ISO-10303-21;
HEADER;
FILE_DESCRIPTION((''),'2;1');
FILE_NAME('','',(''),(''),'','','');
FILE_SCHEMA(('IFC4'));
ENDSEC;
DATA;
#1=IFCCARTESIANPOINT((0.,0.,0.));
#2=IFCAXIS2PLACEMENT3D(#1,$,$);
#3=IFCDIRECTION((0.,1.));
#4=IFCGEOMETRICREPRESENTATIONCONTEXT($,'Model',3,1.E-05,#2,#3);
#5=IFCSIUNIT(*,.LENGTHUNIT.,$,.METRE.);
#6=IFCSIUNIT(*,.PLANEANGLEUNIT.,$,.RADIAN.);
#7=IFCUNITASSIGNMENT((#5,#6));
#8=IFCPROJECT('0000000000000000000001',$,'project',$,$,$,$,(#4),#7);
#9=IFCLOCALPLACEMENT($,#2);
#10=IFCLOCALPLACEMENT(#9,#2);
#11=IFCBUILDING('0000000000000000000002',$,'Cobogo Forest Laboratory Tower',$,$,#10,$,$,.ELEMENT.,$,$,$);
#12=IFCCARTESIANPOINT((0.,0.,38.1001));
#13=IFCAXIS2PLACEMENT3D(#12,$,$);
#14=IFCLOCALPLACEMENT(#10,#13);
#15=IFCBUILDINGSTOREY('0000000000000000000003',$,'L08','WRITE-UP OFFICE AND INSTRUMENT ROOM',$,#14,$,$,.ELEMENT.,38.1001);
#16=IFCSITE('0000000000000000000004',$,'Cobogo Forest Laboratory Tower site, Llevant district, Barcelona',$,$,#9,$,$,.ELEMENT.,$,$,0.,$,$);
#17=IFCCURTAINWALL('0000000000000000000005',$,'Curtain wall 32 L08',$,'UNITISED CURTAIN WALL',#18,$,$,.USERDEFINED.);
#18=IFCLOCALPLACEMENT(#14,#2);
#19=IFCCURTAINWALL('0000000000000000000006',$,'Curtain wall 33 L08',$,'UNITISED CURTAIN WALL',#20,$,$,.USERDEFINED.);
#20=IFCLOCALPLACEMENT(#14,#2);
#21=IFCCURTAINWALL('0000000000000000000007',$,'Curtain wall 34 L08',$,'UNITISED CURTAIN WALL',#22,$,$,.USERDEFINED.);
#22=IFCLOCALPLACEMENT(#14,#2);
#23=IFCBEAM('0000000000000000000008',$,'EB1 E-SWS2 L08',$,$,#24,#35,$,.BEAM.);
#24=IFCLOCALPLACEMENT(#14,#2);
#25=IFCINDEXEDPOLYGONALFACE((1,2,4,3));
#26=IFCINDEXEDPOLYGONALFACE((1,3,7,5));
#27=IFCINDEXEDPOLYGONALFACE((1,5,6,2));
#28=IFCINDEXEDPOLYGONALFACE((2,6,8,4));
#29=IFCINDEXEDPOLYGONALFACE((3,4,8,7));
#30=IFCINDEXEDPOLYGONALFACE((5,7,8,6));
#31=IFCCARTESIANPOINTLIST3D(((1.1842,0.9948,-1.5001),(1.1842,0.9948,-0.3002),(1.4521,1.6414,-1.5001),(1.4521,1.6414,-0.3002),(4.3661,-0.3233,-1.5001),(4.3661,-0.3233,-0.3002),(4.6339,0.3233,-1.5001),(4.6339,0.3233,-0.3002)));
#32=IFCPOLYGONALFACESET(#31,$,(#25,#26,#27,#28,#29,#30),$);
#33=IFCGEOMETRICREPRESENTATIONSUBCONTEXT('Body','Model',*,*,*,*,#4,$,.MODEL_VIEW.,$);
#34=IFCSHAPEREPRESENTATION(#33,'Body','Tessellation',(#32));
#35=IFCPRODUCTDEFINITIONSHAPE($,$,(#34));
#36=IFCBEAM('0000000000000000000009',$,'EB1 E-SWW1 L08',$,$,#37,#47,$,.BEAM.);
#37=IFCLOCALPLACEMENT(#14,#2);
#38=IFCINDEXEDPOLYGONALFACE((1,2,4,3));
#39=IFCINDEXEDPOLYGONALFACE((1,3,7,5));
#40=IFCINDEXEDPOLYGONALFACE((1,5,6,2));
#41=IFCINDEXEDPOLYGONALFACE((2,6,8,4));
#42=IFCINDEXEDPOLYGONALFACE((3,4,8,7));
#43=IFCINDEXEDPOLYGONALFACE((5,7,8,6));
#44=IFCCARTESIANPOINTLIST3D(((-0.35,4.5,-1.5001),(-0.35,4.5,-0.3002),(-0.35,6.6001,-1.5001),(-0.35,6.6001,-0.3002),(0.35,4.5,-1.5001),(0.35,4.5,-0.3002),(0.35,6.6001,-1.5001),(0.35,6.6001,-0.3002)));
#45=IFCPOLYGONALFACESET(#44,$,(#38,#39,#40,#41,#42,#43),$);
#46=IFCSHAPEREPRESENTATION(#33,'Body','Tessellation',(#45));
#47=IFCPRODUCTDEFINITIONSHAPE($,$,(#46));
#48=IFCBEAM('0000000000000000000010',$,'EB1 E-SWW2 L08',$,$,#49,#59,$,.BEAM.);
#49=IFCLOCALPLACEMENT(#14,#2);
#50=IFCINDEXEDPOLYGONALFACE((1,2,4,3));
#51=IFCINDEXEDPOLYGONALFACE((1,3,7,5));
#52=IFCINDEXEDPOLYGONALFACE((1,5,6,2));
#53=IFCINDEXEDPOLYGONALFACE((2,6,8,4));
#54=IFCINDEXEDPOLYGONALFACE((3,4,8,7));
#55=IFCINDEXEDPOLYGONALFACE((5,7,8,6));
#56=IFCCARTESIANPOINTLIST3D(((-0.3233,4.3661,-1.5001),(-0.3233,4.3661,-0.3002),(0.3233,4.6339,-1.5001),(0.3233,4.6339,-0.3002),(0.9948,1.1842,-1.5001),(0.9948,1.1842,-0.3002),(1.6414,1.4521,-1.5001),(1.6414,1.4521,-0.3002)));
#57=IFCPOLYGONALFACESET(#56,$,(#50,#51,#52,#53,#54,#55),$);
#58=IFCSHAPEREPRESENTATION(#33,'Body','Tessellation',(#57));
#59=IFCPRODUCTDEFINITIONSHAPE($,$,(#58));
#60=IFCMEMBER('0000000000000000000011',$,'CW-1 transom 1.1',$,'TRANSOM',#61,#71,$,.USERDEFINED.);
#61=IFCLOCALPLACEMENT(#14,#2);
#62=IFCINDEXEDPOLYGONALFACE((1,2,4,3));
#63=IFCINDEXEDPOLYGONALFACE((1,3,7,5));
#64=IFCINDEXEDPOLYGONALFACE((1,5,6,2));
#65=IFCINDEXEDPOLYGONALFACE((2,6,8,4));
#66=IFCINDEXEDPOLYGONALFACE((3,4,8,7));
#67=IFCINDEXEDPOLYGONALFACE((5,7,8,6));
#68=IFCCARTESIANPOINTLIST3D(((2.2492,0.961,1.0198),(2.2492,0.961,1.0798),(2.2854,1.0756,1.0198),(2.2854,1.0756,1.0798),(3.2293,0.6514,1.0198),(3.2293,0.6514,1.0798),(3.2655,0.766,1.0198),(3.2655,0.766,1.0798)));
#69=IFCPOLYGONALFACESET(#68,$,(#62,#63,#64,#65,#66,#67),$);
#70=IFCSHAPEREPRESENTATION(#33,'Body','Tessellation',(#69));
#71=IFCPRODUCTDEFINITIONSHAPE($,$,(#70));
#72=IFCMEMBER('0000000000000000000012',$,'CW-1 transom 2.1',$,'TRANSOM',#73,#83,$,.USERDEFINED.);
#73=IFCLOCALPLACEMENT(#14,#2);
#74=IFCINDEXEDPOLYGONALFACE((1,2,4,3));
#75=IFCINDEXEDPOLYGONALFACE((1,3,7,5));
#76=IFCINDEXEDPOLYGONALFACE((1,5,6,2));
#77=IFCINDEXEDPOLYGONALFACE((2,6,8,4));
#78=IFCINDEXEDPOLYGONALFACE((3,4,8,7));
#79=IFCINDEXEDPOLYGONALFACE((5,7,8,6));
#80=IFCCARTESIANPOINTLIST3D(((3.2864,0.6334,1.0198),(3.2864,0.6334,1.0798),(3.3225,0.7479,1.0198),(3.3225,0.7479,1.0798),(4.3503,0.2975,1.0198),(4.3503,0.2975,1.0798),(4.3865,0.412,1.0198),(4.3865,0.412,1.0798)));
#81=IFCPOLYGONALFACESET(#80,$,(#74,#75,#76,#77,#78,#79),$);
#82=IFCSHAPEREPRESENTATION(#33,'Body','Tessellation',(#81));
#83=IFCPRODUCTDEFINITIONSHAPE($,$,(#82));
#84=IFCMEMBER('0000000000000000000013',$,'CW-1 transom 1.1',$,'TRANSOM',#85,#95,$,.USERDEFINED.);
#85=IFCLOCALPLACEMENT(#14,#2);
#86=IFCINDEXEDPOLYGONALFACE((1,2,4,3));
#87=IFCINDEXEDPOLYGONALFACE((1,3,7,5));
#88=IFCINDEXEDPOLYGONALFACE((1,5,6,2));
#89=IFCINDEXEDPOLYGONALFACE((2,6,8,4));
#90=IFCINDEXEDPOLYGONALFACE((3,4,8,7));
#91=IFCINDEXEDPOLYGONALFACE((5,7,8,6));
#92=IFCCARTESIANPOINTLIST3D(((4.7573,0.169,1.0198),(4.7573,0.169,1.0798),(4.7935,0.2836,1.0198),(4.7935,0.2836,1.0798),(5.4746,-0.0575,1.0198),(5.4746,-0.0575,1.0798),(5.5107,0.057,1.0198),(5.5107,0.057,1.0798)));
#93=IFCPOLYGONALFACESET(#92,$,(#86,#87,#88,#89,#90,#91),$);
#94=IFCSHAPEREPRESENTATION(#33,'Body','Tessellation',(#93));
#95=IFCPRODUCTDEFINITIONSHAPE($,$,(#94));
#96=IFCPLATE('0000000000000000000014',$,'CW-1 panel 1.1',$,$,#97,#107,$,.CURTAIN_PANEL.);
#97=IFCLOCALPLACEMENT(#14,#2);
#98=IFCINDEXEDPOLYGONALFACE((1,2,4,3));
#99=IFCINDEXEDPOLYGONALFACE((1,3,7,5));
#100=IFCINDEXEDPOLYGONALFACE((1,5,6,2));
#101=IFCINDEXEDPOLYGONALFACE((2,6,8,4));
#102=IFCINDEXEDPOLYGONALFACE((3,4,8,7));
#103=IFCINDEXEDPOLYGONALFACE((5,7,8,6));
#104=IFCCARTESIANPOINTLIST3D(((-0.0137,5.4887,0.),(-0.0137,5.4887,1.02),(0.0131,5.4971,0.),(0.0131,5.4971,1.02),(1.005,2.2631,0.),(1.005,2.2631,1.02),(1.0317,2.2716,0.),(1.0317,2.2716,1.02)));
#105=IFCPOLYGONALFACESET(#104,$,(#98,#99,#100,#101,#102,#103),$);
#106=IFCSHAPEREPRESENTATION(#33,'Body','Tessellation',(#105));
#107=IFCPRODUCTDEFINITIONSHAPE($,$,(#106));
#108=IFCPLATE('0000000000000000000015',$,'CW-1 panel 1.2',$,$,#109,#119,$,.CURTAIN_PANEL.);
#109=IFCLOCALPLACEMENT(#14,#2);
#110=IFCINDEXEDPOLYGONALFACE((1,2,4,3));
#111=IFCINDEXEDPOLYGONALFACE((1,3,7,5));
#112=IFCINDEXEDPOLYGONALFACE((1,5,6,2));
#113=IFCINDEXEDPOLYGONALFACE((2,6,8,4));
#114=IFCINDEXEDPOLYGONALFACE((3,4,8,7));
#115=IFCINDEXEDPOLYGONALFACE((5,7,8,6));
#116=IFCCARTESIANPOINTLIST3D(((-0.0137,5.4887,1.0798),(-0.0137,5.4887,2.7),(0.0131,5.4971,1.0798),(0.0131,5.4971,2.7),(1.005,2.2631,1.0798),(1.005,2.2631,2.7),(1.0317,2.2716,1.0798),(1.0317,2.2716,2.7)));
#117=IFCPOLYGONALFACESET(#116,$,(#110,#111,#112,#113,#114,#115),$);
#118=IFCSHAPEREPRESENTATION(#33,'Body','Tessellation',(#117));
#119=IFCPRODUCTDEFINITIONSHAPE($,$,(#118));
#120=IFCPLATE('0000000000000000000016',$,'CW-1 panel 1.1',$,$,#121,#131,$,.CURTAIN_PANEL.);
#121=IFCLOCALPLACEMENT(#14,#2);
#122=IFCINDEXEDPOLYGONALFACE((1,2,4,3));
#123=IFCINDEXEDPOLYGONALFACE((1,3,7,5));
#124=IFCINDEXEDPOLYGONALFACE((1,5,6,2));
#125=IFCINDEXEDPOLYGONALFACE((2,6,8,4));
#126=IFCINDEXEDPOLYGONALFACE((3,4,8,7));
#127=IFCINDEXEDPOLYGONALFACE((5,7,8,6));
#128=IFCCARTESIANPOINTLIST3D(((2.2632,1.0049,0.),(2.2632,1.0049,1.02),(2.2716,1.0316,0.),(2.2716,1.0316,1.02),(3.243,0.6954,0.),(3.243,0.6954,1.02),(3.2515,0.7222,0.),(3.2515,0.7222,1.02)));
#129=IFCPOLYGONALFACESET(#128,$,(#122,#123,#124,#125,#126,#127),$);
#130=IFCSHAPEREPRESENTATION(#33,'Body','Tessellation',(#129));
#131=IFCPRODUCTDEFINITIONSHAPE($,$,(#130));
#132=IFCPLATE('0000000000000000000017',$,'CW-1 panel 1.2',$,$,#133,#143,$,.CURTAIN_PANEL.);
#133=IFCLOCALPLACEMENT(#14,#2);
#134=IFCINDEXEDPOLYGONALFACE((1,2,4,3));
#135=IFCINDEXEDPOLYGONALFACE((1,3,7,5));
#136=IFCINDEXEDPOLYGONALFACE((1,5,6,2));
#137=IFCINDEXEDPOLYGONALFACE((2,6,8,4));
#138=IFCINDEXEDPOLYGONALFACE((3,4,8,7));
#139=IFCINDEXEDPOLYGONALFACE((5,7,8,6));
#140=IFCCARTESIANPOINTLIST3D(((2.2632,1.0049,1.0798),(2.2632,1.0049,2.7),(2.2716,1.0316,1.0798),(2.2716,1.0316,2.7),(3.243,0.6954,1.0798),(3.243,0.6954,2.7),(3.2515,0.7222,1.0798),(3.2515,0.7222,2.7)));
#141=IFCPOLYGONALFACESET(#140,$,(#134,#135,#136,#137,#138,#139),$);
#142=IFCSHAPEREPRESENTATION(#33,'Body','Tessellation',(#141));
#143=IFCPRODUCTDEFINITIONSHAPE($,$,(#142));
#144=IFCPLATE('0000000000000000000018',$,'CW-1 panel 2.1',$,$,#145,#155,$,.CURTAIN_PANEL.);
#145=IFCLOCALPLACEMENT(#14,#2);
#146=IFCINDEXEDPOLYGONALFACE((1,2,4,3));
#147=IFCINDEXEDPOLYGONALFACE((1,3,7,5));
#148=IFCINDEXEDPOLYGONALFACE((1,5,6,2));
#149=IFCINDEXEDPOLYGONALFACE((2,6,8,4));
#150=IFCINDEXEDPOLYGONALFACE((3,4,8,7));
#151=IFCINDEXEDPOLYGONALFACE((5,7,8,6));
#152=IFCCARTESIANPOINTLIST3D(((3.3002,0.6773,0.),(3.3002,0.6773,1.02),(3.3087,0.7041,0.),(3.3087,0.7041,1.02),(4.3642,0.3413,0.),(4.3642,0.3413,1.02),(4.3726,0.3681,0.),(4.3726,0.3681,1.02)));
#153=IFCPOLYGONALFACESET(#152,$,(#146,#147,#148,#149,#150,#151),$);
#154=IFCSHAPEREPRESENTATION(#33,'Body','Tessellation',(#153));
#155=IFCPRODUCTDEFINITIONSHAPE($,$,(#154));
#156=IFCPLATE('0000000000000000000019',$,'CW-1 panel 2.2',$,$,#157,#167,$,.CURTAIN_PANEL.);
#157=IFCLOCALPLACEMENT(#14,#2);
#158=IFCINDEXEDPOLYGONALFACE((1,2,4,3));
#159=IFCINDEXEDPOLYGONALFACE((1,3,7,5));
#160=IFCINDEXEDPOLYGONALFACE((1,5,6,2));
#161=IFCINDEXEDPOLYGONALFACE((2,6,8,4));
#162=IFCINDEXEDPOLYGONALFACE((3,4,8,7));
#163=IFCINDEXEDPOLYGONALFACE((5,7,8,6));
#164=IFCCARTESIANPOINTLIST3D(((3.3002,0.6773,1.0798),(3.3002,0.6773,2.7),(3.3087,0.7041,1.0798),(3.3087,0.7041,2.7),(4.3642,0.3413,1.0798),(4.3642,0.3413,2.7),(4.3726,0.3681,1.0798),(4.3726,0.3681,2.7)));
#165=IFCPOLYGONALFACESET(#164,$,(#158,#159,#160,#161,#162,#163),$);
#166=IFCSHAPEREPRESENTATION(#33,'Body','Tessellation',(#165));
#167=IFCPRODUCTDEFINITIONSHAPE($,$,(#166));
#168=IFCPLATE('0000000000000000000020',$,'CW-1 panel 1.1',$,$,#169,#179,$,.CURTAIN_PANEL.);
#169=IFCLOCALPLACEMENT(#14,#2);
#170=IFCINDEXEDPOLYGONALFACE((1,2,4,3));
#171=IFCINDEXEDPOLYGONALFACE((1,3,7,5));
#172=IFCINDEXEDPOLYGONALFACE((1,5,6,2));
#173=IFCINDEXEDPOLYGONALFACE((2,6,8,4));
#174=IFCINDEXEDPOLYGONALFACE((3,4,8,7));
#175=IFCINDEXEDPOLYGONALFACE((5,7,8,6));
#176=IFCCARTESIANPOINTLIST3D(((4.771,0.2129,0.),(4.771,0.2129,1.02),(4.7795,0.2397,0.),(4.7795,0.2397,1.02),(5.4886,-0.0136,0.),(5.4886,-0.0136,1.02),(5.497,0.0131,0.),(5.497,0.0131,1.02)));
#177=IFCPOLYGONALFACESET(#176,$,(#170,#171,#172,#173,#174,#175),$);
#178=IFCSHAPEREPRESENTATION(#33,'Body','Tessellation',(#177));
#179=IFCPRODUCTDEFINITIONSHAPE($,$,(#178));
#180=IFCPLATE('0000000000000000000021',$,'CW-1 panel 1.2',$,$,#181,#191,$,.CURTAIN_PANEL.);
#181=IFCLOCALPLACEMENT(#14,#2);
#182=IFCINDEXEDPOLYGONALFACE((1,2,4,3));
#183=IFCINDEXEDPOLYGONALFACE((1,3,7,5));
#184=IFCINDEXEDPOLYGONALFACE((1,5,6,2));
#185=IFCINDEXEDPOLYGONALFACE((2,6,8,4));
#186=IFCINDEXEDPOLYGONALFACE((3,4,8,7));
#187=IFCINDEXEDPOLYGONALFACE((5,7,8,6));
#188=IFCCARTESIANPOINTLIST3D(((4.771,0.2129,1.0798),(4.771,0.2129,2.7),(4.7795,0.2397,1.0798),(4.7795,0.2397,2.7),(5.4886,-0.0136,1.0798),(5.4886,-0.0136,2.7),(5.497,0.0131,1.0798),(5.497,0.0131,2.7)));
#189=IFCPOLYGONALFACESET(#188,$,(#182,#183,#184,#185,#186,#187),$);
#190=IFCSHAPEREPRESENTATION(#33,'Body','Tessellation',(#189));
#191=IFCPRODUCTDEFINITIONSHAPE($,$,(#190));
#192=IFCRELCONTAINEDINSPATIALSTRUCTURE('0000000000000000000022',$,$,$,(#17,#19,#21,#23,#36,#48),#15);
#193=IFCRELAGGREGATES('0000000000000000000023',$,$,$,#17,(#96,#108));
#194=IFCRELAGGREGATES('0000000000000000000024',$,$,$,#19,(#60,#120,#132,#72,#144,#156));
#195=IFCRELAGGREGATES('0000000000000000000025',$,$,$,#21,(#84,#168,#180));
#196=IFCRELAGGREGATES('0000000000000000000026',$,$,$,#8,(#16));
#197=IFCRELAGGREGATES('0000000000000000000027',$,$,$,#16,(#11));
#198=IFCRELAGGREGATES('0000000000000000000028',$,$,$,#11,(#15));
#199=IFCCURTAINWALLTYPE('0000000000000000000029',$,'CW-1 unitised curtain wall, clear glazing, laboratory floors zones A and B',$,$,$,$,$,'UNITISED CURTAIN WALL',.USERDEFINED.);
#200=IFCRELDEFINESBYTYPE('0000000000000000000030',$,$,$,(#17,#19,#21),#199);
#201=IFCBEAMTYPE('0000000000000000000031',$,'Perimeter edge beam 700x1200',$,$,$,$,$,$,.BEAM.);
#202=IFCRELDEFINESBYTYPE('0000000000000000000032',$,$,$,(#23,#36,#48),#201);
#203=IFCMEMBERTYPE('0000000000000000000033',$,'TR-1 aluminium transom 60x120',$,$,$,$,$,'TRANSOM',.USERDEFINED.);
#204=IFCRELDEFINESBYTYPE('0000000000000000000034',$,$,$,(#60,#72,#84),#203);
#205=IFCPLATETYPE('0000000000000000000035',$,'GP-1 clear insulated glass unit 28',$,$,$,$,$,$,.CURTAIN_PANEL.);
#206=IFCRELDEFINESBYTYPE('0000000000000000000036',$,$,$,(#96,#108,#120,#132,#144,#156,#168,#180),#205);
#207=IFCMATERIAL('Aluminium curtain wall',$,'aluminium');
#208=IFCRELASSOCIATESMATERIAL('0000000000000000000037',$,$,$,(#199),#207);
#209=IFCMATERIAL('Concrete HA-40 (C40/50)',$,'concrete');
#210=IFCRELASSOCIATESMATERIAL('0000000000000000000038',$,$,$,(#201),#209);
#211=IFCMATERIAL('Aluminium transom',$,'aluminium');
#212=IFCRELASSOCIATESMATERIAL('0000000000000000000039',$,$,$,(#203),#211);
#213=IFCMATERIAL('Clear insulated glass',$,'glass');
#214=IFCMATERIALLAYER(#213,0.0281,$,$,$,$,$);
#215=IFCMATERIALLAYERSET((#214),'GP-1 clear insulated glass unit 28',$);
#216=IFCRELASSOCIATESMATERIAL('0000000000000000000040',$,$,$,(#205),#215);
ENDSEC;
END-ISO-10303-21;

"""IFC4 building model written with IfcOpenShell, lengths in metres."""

from ifc_helpers import new_model, si_unit, direction, frame, origin, origin_2d, place, context, subcontext, project, spatial, rectangle, extrude, material, layer, layer_set, material_profile, profile_set, type_object, element, aggregate, save


model = new_model("IFC4")

# Units and contexts
model_context = context("Model", 3, precision=1e-05, world=origin(), true_north=direction((0.0, 1.0)))
body_context = subcontext(model_context, "Body", "Model", "MODEL_VIEW")
ifc_project = project(units=[si_unit("LENGTHUNIT", "METRE"), si_unit("PLANEANGLEUNIT", "RADIAN")], contexts=[model_context])

# Site, building, storey
site_placement = place(None, origin())
site = spatial("IfcSite", under=ifc_project, at=site_placement, Name="Cobogo Forest Laboratory Tower site, Llevant district, Barcelona", CompositionType="ELEMENT", RefElevation=0.0)
building_placement = place(site_placement, origin())
building = spatial("IfcBuilding", under=site, at=building_placement, Name="Cobogo Forest Laboratory Tower", CompositionType="ELEMENT")
storey_placement = place(building_placement, frame((0.0, 0.0, 38.1001)))
storey = spatial("IfcBuildingStorey", under=building, at=storey_placement, Name="L08", Description="WRITE-UP OFFICE AND INSTRUMENT ROOM", CompositionType="ELEMENT", Elevation=38.1001)

# Shared definitions
ifc_material_1 = material(Name="Concrete HA-40 (C40/50)", Category="concrete")

# Curtain wall
ifc_material_2 = material(Name="Aluminium curtain wall", Category="aluminium")
curtain_wall_type = type_object("IfcCurtainWallType", Name="CW-1 unitised curtain wall, clear glazing, laboratory floors zones A and B", ElementType="UNITISED CURTAIN WALL", PredefinedType="USERDEFINED", material=ifc_material_2)
curtain_wall_1_placement = place(storey_placement, origin())
curtain_wall_1 = element("IfcCurtainWall", 1, at=curtain_wall_1_placement, inside=storey, type_object=curtain_wall_type, Name="Curtain wall 32 L08", ObjectType="UNITISED CURTAIN WALL", PredefinedType="USERDEFINED")

# Curtain walls
curtain_wall_2_placement = place(storey_placement, origin())
curtain_wall_2 = element("IfcCurtainWall", 2, at=curtain_wall_2_placement, inside=storey, type_object=curtain_wall_type, Name="Curtain wall 33 L08", ObjectType="UNITISED CURTAIN WALL", PredefinedType="USERDEFINED")
curtain_wall_3_placement = place(storey_placement, origin())
curtain_wall_3 = element("IfcCurtainWall", 3, at=curtain_wall_3_placement, inside=storey, type_object=curtain_wall_type, Name="Curtain wall 34 L08", ObjectType="UNITISED CURTAIN WALL", PredefinedType="USERDEFINED")

# Beams
ifc_material_profile_1 = material_profile(ifc_material_1, rectangle(XDim=0.7, YDim=1.2, at=origin_2d()), Name="RC 700x1200")
ifc_profile_set_1 = profile_set([ifc_material_profile_1], Name="Concrete HA-40 (C40/50)")
beam_type_1 = type_object("IfcBeamType", Name="Perimeter edge beam 700x1200", PredefinedType="BEAM", material=ifc_profile_set_1)
beam_1_placement = place(storey_placement, frame((4.5, 0.0, -0.9001), z_axis=(-0.923866, 0.382717, 0.0), x_axis=(-0.382717, -0.923866, 0.0)))
element("IfcBeam", 4, at=beam_1_placement, inside=storey, type_object=beam_type_1, Name="EB1 E-SWS2 L08", PredefinedType="BEAM", context=body_context, shape_type="SweptSolid", body=[
    extrude(rectangle(XDim=0.7, YDim=1.2, at=origin_2d()), origin(), (0.0, 0.0, 1.0), 3.4441),
])
beam_2_placement = place(storey_placement, frame((0.0, 6.6001, -0.9001), z_axis=(0.0, -1.0, 0.0), x_axis=(1.0, 0.0, 0.0)))
element("IfcBeam", 5, at=beam_2_placement, inside=storey, type_object=beam_type_1, Name="EB1 E-SWW1 L08", PredefinedType="BEAM", context=body_context, shape_type="SweptSolid", body=[
    extrude(rectangle(XDim=0.7, YDim=1.2, at=origin_2d()), origin(), (0.0, 0.0, 1.0), 2.1001),
])
beam_3_placement = place(storey_placement, frame((0.0, 4.5, -0.9001), z_axis=(0.382717, -0.923866, 0.0), x_axis=(0.923866, 0.382717, 0.0)))
element("IfcBeam", 6, at=beam_3_placement, inside=storey, type_object=beam_type_1, Name="EB1 E-SWW2 L08", PredefinedType="BEAM", context=body_context, shape_type="SweptSolid", body=[
    extrude(rectangle(XDim=0.7, YDim=1.2, at=origin_2d()), origin(), (0.0, 0.0, 1.0), 3.4441),
])

# Members
ifc_material_3 = material(Name="Aluminium transom", Category="aluminium")
ifc_material_profile_2 = material_profile(ifc_material_3, rectangle(XDim=0.1201, YDim=0.0601, at=origin_2d()), Name="AL 60x120")
ifc_profile_set_2 = profile_set([ifc_material_profile_2], Name="Aluminium transom")
member_type_1 = type_object("IfcMemberType", Name="TR-1 aluminium transom 60x120", ElementType="TRANSOM", PredefinedType="USERDEFINED", material=ifc_profile_set_2)
member_1_placement = place(storey_placement, frame((2.2673, 1.0183, 1.0498), z_axis=(0.953554, -0.301222, 0.0), x_axis=(0.301222, 0.953554, 0.0)))
member_1 = element("IfcMember", 7, at=member_1_placement, type_object=member_type_1, Name="CW-1 transom 1.1", ObjectType="TRANSOM", PredefinedType="USERDEFINED", context=body_context, shape_type="SweptSolid", body=[
    extrude(rectangle(XDim=0.1201, YDim=0.0601, at=origin_2d()), origin(), (0.0, 0.0, 1.0), 1.0278),
])
member_2_placement = place(storey_placement, frame((3.3044, 0.6907, 1.0498), z_axis=(0.953596, -0.301089, 0.0), x_axis=(0.301089, 0.953596, 0.0)))
member_2 = element("IfcMember", 8, at=member_2_placement, type_object=member_type_1, Name="CW-1 transom 2.1", ObjectType="TRANSOM", PredefinedType="USERDEFINED", context=body_context, shape_type="SweptSolid", body=[
    extrude(rectangle(XDim=0.1201, YDim=0.0601, at=origin_2d()), origin(), (0.0, 0.0, 1.0), 1.1157),
])
member_3_placement = place(storey_placement, frame((4.7754, 0.2263, 1.0498), z_axis=(0.953563, -0.301194, 0.0), x_axis=(0.301194, 0.953563, 0.0)))
member_3 = element("IfcMember", 9, at=member_3_placement, type_object=member_type_1, Name="CW-1 transom 1.1", ObjectType="TRANSOM", PredefinedType="USERDEFINED", context=body_context, shape_type="SweptSolid", body=[
    extrude(rectangle(XDim=0.1201, YDim=0.0601, at=origin_2d()), origin(), (0.0, 0.0, 1.0), 0.7522),
])

# Plates
ifc_material_4 = material(Name="Clear insulated glass", Category="glass")
ifc_layer_1 = layer(ifc_material_4, 0.0281)
ifc_layer_set_1 = layer_set([ifc_layer_1], Name="GP-1 clear insulated glass unit 28")
plate_type = type_object("IfcPlateType", Name="GP-1 clear insulated glass unit 28", PredefinedType="CURTAIN_PANEL", material=ifc_layer_set_1)
plate_1_placement = place(storey_placement, frame((0.509, 3.8801, 0.0), z_axis=(0.0, 0.0, 1.0), x_axis=(0.301135, -0.953581, 0.0)))
plate_1 = element("IfcPlate", 10, at=plate_1_placement, type_object=plate_type, Name="CW-1 panel 1.1", PredefinedType="CURTAIN_PANEL", context=body_context, shape_type="SweptSolid", body=[
    extrude(rectangle(XDim=3.3826, YDim=0.0281, at=origin_2d()), origin(), (0.0, 0.0, 1.0), 1.02),
])
plate_2_placement = place(storey_placement, frame((0.509, 3.8801, 1.0798), z_axis=(0.0, 0.0, 1.0), x_axis=(0.301135, -0.953581, 0.0)))
plate_2 = element("IfcPlate", 11, at=plate_2_placement, type_object=plate_type, Name="CW-1 panel 1.2", PredefinedType="CURTAIN_PANEL", context=body_context, shape_type="SweptSolid", body=[
    extrude(rectangle(XDim=3.3826, YDim=0.0281, at=origin_2d()), origin(), (0.0, 0.0, 1.0), 1.6201),
])
aggregate(curtain_wall_1, [plate_1, plate_2])
plate_3_placement = place(storey_placement, frame((2.7573, 0.8635, 0.0), z_axis=(0.0, 0.0, 1.0), x_axis=(0.953581, -0.301135, 0.0)))
plate_3 = element("IfcPlate", 12, at=plate_3_placement, type_object=plate_type, Name="CW-1 panel 1.1", PredefinedType="CURTAIN_PANEL", context=body_context, shape_type="SweptSolid", body=[
    extrude(rectangle(XDim=1.0276, YDim=0.0281, at=origin_2d()), origin(), (0.0, 0.0, 1.0), 1.02),
])
plate_4_placement = place(storey_placement, frame((2.7573, 0.8635, 1.0798), z_axis=(0.0, 0.0, 1.0), x_axis=(0.953581, -0.301135, 0.0)))
plate_4 = element("IfcPlate", 13, at=plate_4_placement, type_object=plate_type, Name="CW-1 panel 1.2", PredefinedType="CURTAIN_PANEL", context=body_context, shape_type="SweptSolid", body=[
    extrude(rectangle(XDim=1.0276, YDim=0.0281, at=origin_2d()), origin(), (0.0, 0.0, 1.0), 1.6201),
])
plate_5_placement = place(storey_placement, frame((3.8364, 0.5227, 0.0), z_axis=(0.0, 0.0, 1.0), x_axis=(0.953581, -0.301135, 0.0)))
plate_5 = element("IfcPlate", 14, at=plate_5_placement, type_object=plate_type, Name="CW-1 panel 2.1", PredefinedType="CURTAIN_PANEL", context=body_context, shape_type="SweptSolid", body=[
    extrude(rectangle(XDim=1.1157, YDim=0.0281, at=origin_2d()), origin(), (0.0, 0.0, 1.0), 1.02),
])
plate_6_placement = place(storey_placement, frame((3.8364, 0.5227, 1.0798), z_axis=(0.0, 0.0, 1.0), x_axis=(0.953581, -0.301135, 0.0)))
plate_6 = element("IfcPlate", 15, at=plate_6_placement, type_object=plate_type, Name="CW-1 panel 2.2", PredefinedType="CURTAIN_PANEL", context=body_context, shape_type="SweptSolid", body=[
    extrude(rectangle(XDim=1.1157, YDim=0.0281, at=origin_2d()), origin(), (0.0, 0.0, 1.0), 1.6201),
])
aggregate(curtain_wall_2, [member_1, plate_3, plate_4, member_2, plate_5, plate_6])
plate_7_placement = place(storey_placement, frame((5.134, 0.113, 0.0), z_axis=(0.0, 0.0, 1.0), x_axis=(0.953582, -0.301135, 0.0)))
plate_7 = element("IfcPlate", 16, at=plate_7_placement, type_object=plate_type, Name="CW-1 panel 1.1", PredefinedType="CURTAIN_PANEL", context=body_context, shape_type="SweptSolid", body=[
    extrude(rectangle(XDim=0.7524, YDim=0.0281, at=origin_2d()), origin(), (0.0, 0.0, 1.0), 1.02),
])
plate_8_placement = place(storey_placement, frame((5.134, 0.113, 1.0798), z_axis=(0.0, 0.0, 1.0), x_axis=(0.953582, -0.301135, 0.0)))
plate_8 = element("IfcPlate", 17, at=plate_8_placement, type_object=plate_type, Name="CW-1 panel 1.2", PredefinedType="CURTAIN_PANEL", context=body_context, shape_type="SweptSolid", body=[
    extrude(rectangle(XDim=0.7524, YDim=0.0281, at=origin_2d()), origin(), (0.0, 0.0, 1.0), 1.6201),
])
aggregate(curtain_wall_3, [member_3, plate_7, plate_8])

save(model, "model.ifc")
